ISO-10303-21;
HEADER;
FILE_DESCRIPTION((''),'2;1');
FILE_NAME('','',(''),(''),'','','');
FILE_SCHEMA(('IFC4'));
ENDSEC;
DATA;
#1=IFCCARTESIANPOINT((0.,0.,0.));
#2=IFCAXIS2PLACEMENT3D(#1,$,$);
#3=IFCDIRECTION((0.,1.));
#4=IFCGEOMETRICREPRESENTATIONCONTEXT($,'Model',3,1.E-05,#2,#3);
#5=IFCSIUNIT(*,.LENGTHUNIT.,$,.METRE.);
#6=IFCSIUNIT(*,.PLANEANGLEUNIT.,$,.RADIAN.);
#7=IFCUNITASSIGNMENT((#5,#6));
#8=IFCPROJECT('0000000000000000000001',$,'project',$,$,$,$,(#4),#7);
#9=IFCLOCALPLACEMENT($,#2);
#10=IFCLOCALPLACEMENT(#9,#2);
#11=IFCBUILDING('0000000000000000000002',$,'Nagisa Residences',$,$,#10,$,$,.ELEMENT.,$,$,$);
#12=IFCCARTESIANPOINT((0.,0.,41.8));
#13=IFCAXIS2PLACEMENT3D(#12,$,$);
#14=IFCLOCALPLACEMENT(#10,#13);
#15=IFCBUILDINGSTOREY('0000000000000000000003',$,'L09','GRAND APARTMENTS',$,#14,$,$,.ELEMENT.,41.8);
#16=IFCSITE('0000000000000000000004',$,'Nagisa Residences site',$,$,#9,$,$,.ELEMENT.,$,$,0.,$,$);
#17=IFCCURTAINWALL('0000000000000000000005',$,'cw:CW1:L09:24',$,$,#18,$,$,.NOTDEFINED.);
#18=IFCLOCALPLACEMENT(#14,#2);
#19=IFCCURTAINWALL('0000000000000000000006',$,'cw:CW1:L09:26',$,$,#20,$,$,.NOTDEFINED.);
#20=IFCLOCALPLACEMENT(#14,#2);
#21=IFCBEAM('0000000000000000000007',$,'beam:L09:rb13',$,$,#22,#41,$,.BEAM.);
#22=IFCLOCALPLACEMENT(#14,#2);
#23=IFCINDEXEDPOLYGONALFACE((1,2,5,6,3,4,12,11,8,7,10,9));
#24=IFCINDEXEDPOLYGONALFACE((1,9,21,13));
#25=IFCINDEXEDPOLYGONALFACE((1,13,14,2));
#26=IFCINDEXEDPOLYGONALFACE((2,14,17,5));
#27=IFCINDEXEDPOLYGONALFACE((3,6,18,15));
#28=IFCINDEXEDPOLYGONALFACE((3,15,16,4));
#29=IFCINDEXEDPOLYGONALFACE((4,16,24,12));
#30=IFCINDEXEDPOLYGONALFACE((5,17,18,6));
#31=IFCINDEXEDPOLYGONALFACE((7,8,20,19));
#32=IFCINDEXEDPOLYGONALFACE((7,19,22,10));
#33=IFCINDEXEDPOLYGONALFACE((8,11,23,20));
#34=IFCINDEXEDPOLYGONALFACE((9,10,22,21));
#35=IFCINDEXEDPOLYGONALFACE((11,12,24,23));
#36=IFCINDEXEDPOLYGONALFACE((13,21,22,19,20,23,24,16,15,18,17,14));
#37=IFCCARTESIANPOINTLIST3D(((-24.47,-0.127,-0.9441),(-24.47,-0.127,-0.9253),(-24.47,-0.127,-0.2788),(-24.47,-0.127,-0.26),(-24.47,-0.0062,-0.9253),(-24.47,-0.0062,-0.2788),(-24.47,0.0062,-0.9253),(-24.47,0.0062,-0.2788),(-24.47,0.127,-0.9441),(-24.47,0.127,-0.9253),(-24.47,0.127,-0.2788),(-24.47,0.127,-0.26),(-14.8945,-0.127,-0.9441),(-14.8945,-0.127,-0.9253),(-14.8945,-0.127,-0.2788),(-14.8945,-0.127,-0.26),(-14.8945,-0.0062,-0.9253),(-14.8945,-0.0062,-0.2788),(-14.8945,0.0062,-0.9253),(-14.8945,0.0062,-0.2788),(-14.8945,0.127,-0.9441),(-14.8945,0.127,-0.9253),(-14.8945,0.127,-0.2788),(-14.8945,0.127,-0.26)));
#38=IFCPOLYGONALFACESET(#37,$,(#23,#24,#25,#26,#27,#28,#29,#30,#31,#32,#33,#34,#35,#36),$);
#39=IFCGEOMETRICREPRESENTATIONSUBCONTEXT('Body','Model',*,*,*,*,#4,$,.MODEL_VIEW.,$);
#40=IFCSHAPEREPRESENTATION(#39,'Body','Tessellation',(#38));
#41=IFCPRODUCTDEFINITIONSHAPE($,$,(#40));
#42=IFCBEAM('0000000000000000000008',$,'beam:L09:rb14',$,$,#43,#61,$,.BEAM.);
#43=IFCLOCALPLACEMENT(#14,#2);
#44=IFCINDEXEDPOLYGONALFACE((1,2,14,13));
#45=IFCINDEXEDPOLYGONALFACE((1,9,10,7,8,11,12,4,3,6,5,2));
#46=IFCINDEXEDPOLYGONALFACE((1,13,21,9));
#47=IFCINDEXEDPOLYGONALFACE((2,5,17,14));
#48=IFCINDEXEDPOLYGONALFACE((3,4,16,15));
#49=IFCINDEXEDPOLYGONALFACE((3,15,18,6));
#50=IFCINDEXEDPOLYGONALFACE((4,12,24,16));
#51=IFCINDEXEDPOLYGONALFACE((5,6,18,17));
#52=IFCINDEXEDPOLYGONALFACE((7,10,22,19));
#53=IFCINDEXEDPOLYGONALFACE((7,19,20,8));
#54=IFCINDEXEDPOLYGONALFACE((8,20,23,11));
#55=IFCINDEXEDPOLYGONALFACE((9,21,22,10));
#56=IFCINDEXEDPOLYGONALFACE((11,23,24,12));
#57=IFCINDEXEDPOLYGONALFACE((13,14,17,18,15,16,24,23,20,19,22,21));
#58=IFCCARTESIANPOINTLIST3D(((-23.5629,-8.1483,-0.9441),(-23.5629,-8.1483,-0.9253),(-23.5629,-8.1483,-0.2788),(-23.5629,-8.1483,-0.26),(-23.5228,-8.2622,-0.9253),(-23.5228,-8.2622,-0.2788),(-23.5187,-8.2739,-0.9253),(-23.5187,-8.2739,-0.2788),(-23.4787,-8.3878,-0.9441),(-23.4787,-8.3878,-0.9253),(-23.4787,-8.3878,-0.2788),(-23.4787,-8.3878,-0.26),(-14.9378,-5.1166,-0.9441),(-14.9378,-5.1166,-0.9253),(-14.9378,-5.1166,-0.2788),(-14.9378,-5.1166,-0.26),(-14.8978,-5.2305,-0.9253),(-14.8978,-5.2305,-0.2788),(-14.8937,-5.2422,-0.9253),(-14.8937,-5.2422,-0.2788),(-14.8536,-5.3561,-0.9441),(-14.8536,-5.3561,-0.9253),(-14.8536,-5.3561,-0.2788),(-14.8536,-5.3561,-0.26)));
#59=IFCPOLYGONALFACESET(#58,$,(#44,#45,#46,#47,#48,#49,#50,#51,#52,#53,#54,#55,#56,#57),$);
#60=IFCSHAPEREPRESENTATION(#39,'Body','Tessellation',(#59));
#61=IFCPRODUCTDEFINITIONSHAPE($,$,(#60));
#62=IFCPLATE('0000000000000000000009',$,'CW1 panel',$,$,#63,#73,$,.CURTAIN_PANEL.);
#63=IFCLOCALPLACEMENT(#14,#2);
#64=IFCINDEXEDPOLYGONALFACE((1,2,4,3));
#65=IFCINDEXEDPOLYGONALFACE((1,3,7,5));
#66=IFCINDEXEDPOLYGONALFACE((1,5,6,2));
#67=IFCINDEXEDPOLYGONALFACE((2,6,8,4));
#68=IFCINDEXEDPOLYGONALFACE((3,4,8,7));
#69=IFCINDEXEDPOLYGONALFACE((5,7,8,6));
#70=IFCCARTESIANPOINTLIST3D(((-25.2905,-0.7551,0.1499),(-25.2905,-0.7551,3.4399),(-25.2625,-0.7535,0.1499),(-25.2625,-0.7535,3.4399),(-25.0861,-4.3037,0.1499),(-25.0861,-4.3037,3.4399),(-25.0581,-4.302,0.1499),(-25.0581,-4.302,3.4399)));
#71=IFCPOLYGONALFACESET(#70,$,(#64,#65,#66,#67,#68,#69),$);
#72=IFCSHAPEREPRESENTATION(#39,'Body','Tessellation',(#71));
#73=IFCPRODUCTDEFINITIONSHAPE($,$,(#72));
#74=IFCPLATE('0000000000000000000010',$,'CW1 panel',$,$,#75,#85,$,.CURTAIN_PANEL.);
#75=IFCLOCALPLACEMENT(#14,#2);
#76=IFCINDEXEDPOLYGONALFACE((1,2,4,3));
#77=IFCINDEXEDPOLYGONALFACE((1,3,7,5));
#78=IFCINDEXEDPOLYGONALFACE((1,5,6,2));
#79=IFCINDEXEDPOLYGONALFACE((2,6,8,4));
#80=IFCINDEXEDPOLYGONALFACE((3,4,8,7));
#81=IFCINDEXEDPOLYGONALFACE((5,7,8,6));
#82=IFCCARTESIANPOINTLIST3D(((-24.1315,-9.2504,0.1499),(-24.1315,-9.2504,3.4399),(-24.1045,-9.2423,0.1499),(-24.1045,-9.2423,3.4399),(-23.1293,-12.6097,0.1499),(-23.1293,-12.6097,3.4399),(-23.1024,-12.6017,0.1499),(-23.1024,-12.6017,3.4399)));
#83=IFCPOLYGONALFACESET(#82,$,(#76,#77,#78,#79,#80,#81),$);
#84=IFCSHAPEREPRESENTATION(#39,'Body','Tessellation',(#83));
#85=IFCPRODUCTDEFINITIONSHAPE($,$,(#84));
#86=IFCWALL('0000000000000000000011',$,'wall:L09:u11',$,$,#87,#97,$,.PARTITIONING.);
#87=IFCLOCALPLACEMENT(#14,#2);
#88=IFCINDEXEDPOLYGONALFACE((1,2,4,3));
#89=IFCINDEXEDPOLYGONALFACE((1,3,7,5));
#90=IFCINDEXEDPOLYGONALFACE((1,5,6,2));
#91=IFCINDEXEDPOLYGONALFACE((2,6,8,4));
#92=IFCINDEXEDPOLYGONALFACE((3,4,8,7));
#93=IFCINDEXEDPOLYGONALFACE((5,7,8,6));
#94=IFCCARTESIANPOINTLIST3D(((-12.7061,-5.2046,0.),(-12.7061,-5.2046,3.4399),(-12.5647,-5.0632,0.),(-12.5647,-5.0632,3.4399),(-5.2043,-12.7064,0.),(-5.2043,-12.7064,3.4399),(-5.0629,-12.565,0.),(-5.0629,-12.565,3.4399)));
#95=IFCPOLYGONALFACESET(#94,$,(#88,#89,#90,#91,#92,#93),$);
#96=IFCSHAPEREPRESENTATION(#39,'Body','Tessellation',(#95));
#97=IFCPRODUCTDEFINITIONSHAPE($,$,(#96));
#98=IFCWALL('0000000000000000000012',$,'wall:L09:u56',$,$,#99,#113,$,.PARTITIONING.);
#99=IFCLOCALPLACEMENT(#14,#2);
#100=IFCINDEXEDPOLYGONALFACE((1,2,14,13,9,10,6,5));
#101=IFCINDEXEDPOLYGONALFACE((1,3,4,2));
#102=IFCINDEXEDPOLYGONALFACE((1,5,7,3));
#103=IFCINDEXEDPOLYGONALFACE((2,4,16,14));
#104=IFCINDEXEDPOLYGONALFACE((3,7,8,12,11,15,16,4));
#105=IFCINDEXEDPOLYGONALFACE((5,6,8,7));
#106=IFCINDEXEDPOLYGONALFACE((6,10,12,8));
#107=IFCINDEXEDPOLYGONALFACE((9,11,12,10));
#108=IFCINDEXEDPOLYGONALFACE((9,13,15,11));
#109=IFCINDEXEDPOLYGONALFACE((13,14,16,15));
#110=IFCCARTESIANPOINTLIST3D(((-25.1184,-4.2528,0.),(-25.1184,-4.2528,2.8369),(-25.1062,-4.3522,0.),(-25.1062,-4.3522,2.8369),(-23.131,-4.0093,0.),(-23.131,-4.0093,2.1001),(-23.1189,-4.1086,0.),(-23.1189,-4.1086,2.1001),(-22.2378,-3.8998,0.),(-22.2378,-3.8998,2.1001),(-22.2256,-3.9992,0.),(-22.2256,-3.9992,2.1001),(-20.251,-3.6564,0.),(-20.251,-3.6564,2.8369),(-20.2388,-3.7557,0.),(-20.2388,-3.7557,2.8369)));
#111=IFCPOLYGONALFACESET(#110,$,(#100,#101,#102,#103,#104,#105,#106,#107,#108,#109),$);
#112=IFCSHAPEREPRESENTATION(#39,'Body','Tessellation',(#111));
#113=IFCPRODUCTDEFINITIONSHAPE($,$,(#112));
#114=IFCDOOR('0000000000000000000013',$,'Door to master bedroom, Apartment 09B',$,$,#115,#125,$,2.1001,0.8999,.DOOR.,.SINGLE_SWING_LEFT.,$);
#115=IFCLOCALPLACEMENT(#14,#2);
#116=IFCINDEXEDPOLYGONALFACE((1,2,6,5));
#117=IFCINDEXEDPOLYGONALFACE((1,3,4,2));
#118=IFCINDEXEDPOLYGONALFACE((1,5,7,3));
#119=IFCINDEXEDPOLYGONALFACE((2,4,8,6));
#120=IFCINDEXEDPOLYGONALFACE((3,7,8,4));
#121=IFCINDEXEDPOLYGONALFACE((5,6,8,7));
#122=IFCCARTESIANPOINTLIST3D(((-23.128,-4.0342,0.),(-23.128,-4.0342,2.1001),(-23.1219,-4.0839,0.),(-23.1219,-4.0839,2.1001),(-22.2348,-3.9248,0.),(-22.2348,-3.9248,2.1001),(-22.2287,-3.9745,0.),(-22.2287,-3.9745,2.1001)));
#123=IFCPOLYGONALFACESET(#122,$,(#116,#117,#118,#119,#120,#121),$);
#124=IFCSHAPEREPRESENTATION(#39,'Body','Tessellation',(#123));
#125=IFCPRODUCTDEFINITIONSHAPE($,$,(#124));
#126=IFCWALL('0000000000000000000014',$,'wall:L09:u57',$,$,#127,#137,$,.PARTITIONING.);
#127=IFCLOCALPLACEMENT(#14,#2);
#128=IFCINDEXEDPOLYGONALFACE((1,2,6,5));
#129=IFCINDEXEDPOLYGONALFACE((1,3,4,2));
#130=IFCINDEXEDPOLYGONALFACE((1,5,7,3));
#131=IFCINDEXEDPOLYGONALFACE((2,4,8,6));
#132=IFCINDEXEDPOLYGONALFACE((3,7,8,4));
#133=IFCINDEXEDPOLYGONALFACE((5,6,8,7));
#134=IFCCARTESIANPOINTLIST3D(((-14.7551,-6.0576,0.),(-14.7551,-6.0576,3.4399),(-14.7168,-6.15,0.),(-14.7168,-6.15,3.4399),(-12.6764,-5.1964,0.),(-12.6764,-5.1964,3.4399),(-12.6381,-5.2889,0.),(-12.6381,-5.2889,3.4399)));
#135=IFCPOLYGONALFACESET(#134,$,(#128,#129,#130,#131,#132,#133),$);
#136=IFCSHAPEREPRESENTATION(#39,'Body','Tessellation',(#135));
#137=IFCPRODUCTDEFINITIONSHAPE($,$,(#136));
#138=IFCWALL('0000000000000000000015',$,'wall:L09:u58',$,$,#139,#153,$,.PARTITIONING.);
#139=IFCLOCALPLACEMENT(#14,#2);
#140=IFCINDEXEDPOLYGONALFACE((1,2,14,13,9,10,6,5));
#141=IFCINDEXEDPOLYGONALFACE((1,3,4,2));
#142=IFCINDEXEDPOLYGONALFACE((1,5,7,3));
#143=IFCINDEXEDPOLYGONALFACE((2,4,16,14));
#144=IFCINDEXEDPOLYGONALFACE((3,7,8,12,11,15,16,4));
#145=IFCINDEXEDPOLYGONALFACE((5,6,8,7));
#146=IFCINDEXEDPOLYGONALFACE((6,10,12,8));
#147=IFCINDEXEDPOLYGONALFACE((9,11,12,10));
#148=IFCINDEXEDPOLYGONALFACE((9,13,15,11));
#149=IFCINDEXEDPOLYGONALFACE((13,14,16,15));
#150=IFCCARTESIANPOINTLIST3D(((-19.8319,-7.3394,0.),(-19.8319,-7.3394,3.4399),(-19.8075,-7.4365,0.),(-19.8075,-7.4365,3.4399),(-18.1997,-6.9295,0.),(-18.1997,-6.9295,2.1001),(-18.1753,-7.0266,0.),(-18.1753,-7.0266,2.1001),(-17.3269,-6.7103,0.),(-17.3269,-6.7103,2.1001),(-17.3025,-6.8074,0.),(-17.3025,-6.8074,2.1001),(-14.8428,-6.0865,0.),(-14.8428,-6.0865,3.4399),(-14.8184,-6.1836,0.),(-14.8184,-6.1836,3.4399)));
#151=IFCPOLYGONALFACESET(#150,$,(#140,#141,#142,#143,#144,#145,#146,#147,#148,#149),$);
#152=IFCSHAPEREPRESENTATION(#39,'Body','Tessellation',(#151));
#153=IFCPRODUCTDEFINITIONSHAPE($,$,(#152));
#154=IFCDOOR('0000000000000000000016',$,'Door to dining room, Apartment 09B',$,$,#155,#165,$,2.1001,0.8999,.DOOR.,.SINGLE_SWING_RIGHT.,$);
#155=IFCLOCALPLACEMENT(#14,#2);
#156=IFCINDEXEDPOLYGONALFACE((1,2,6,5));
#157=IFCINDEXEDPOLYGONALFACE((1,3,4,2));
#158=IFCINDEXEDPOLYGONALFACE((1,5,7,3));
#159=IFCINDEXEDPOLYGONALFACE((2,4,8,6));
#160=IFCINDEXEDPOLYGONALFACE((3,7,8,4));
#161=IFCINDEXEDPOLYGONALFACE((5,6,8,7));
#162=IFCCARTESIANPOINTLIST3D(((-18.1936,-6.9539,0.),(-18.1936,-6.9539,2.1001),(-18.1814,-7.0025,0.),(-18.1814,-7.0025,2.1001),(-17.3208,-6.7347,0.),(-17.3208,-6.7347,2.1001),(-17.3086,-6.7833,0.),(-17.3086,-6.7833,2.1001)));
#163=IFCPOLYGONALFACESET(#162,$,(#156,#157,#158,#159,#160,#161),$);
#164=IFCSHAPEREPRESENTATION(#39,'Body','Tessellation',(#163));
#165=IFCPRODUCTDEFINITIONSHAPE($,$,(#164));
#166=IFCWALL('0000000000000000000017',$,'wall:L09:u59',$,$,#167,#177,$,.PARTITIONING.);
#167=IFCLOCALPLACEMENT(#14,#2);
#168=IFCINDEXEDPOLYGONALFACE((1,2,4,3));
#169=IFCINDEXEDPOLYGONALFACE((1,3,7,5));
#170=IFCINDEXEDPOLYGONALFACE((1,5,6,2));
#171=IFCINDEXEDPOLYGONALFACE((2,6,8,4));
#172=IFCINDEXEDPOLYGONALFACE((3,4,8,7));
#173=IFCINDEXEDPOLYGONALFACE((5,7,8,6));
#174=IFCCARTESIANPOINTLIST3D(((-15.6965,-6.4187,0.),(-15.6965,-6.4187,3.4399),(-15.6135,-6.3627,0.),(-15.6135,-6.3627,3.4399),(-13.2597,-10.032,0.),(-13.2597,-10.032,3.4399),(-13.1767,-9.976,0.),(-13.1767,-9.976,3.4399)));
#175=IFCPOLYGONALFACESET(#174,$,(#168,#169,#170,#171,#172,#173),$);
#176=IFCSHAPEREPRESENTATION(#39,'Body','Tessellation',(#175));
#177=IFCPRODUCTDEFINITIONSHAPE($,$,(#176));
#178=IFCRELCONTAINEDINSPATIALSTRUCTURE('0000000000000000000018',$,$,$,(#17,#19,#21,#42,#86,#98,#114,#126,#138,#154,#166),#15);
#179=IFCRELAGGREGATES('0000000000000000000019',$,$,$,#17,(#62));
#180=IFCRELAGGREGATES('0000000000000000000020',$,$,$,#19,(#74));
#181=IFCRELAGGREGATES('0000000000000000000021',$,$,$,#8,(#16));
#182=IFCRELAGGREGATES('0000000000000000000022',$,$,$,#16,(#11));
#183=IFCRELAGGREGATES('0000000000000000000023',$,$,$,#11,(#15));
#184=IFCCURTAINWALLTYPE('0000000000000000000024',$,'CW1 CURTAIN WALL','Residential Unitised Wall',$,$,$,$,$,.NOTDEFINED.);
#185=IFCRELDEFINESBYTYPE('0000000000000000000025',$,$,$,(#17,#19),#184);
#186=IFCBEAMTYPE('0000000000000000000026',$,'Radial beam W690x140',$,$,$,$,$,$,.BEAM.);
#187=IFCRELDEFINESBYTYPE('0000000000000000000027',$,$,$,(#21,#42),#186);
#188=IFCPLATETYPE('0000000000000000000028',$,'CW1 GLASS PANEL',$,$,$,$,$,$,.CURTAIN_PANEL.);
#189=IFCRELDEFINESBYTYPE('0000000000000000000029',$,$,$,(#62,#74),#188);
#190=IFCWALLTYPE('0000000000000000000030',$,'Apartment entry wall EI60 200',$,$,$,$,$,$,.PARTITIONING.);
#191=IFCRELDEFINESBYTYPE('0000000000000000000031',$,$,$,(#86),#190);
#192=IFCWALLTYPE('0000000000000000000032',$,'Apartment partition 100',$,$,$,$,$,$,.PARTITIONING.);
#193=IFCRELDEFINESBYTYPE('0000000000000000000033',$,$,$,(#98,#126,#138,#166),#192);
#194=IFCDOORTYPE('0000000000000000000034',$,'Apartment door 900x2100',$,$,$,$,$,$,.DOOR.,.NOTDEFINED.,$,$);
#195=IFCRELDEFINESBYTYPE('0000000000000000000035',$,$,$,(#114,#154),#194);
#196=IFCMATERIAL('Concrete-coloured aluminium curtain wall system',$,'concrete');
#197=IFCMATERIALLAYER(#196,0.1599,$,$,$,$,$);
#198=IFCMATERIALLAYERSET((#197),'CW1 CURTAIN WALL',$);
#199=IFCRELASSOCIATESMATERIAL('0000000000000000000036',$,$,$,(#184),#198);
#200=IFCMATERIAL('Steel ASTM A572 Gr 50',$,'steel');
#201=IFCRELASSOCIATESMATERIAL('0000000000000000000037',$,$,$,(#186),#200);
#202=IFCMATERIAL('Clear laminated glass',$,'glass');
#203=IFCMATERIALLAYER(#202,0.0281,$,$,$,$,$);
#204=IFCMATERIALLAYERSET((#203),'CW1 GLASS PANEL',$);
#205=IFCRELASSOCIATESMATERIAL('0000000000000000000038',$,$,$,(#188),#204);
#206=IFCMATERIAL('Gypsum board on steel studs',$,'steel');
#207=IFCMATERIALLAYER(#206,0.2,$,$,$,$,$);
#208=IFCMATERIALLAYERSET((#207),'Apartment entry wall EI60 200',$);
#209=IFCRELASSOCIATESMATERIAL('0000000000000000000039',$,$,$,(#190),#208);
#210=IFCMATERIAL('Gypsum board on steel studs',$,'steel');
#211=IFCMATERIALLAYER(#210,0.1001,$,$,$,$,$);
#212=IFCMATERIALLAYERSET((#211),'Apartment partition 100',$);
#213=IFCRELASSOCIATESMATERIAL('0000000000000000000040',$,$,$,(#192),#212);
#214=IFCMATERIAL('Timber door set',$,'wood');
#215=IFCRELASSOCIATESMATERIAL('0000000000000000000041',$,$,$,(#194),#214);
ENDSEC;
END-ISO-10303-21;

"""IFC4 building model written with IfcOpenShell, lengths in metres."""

from ifc_helpers import new_model, si_unit, direction, frame, frame_2d, origin, origin_2d, place, context, subcontext, project, spatial, rectangle, i_section, extrude, material, layer, layer_set, material_profile, profile_set, type_object, element, fill, aggregate, save


model = new_model("IFC4")

# Units and contexts
model_context = context("Model", 3, precision=1e-05, world=origin(), true_north=direction((0.0, 1.0)))
body_context = subcontext(model_context, "Body", "Model", "MODEL_VIEW")
ifc_project = project(units=[si_unit("LENGTHUNIT", "METRE"), si_unit("PLANEANGLEUNIT", "RADIAN")], contexts=[model_context])

# Site, building, storey
site_placement = place(None, origin())
site = spatial("IfcSite", under=ifc_project, at=site_placement, Name="Nagisa Residences site", CompositionType="ELEMENT", RefElevation=0.0)
building_placement = place(site_placement, origin())
building = spatial("IfcBuilding", under=site, at=building_placement, Name="Nagisa Residences", CompositionType="ELEMENT")
storey_placement = place(building_placement, frame((0.0, 0.0, 41.8)))
storey = spatial("IfcBuildingStorey", under=building, at=storey_placement, Name="L09", Description="GRAND APARTMENTS", CompositionType="ELEMENT", Elevation=41.8)

# Curtain walls
ifc_material_1 = material(Name="Concrete-coloured aluminium curtain wall system", Category="concrete")
ifc_layer_1 = layer(ifc_material_1, 0.1599)
ifc_layer_set_1 = layer_set([ifc_layer_1], Name="CW1 CURTAIN WALL")
curtain_wall_type = type_object("IfcCurtainWallType", Name="CW1 CURTAIN WALL", Description="Residential Unitised Wall", PredefinedType="NOTDEFINED", material=ifc_layer_set_1)
curtain_wall_1_placement = place(storey_placement, origin())
curtain_wall_1 = element("IfcCurtainWall", 1, at=curtain_wall_1_placement, inside=storey, type_object=curtain_wall_type, Name="cw:CW1:L09:24", PredefinedType="NOTDEFINED")
curtain_wall_2_placement = place(storey_placement, origin())
curtain_wall_2 = element("IfcCurtainWall", 2, at=curtain_wall_2_placement, inside=storey, type_object=curtain_wall_type, Name="cw:CW1:L09:26", PredefinedType="NOTDEFINED")

# Beams
ifc_material_2 = material(Name="Steel ASTM A572 Gr 50", Category="steel")
ifc_material_profile_1 = material_profile(ifc_material_2, i_section(OverallWidth=0.2539, OverallDepth=0.6841, WebThickness=0.0125, FlangeThickness=0.0188, at=origin_2d()), Name="W690x140")
ifc_profile_set_1 = profile_set([ifc_material_profile_1], Name="Steel ASTM A572 Gr 50")
beam_type_1 = type_object("IfcBeamType", Name="Radial beam W690x140", PredefinedType="BEAM", material=ifc_profile_set_1)
beam_1_placement = place(storey_placement, frame((-24.47, 0.0, -0.6021), z_axis=(1.0, 0.0, 0.0), x_axis=(0.0, 1.0, 0.0)))
element("IfcBeam", 3, at=beam_1_placement, inside=storey, type_object=beam_type_1, Name="beam:L09:rb13", PredefinedType="BEAM", context=body_context, shape_type="SweptSolid", body=[
    extrude(i_section(OverallWidth=0.2539, OverallDepth=0.6841, WebThickness=0.0125, FlangeThickness=0.0188, at=origin_2d()), origin(), (0.0, 0.0, 1.0), 9.5754),
])
beam_2_placement = place(storey_placement, frame((-23.5208, -8.2681, -0.6021), z_axis=(0.943415, 0.331616, 0.0), x_axis=(-0.331616, 0.943415, 0.0)))
element("IfcBeam", 4, at=beam_2_placement, inside=storey, type_object=beam_type_1, Name="beam:L09:rb14", PredefinedType="BEAM", context=body_context, shape_type="SweptSolid", body=[
    extrude(i_section(OverallWidth=0.2539, OverallDepth=0.6841, WebThickness=0.0125, FlangeThickness=0.0188, at=origin_2d()), origin(), (0.0, 0.0, 1.0), 9.1423),
])

# Plates
ifc_material_3 = material(Name="Clear laminated glass", Category="glass")
ifc_layer_2 = layer(ifc_material_3, 0.0281)
ifc_layer_set_2 = layer_set([ifc_layer_2], Name="CW1 GLASS PANEL")
plate_type = type_object("IfcPlateType", Name="CW1 GLASS PANEL", PredefinedType="CURTAIN_PANEL", material=ifc_layer_set_2)
plate_1_placement = place(storey_placement, frame((-25.1743, -2.5286, 0.1499), z_axis=(0.0, 0.0, 1.0), x_axis=(0.057503, -0.998345, 0.0)))
plate_1 = element("IfcPlate", 5, at=plate_1_placement, type_object=plate_type, Name="CW1 panel", PredefinedType="CURTAIN_PANEL", context=body_context, shape_type="SweptSolid", body=[
    extrude(rectangle(XDim=3.5544, YDim=0.0281, at=origin_2d()), origin(), (0.0, 0.0, 1.0), 3.29),
])
aggregate(curtain_wall_1, [plate_1])
plate_2_placement = place(storey_placement, frame((-23.6169, -10.926, 0.1499), z_axis=(0.0, 0.0, 1.0), x_axis=(0.28586, -0.958271, 0.0)))
plate_2 = element("IfcPlate", 6, at=plate_2_placement, type_object=plate_type, Name="CW1 panel", PredefinedType="CURTAIN_PANEL", context=body_context, shape_type="SweptSolid", body=[
    extrude(rectangle(XDim=3.5056, YDim=0.0281, at=origin_2d()), origin(), (0.0, 0.0, 1.0), 3.29),
])
aggregate(curtain_wall_2, [plate_2])

# Wall
ifc_material_4 = material(Name="Gypsum board on steel studs", Category="steel")
ifc_layer_3 = layer(ifc_material_4, 0.2)
ifc_layer_set_3 = layer_set([ifc_layer_3], Name="Apartment entry wall EI60 200")
wall_type_1 = type_object("IfcWallType", Name="Apartment entry wall EI60 200", PredefinedType="PARTITIONING", material=ifc_layer_set_3)
wall_1_placement = place(storey_placement, frame((-12.6355, -5.1338, 0.0), z_axis=(0.0, 0.0, 1.0), x_axis=(0.707107, -0.707107, 0.0)))
element("IfcWall", 7, at=wall_1_placement, inside=storey, type_object=wall_type_1, Name="wall:L09:u11", PredefinedType="PARTITIONING", context=body_context, shape_type="SweptSolid", body=[
    extrude(rectangle(XDim=10.6091, YDim=0.2, at=frame_2d((5.3047, 0.0))), origin(), (0.0, 0.0, 1.0), 3.4399),
])

# Wall, opening, door
ifc_material_5 = material(Name="Gypsum board on steel studs", Category="steel")
ifc_layer_4 = layer(ifc_material_5, 0.1001)
ifc_layer_set_4 = layer_set([ifc_layer_4], Name="Apartment partition 100")
wall_type_2 = type_object("IfcWallType", Name="Apartment partition 100", PredefinedType="PARTITIONING", material=ifc_layer_set_4)
wall_2_placement = place(storey_placement, frame((-20.2449, -3.7061, 0.0), z_axis=(0.0, 0.0, 1.0), x_axis=(-0.992576, -0.121626, 0.0)))
wall_2 = element("IfcWall", 8, at=wall_2_placement, inside=storey, type_object=wall_type_2, Name="wall:L09:u56", PredefinedType="PARTITIONING", context=body_context, shape_type="SweptSolid", body=[
    extrude(rectangle(XDim=4.9038, YDim=0.1001, at=frame_2d((2.4519, 0.0))), origin(), (0.0, 0.0, 1.0), 2.8369),
])
opening_1_placement = place(wall_2_placement, frame((2.0017, 0.0, 0.0)))
opening_1 = element("IfcOpeningElement", 9, at=opening_1_placement, cuts=wall_2, PredefinedType="OPENING", context=body_context, shape_type="SweptSolid", body=[
    extrude(rectangle(XDim=0.8999, YDim=2.1001, at=frame_2d((0.45, 1.05))), frame((0.0, 0.0601, 0.0), z_axis=(0.0, -1.0, 0.0), x_axis=(1.0, 0.0, 0.0)), (0.0, 0.0, 1.0), 0.1201),
])
ifc_material_6 = material(Name="Timber door set", Category="wood")
door_type_1 = type_object("IfcDoorType", Name="Apartment door 900x2100", OperationType="NOTDEFINED", PredefinedType="DOOR", material=ifc_material_6)
door_1_placement = place(opening_1_placement, frame((0.8999, 0.0, 0.0), x_axis=(-1.0, 0.0, 0.0)))
door_1 = element("IfcDoor", 10, at=door_1_placement, inside=storey, type_object=door_type_1, Name="Door to master bedroom, Apartment 09B", OperationType="SINGLE_SWING_LEFT", OverallHeight=2.1001, OverallWidth=0.8999, PredefinedType="DOOR", context=body_context, shape_type="SweptSolid", body=[
    extrude(rectangle(XDim=0.8999, YDim=2.1001, at=frame_2d((0.45, 1.05))), frame((0.0, 0.0249, 0.0), z_axis=(0.0, -1.0, 0.0), x_axis=(1.0, 0.0, 0.0)), (0.0, 0.0, 1.0), 0.05),
])
fill(opening_1, door_1)

# Wall
wall_3_placement = place(storey_placement, frame((-12.6572, -5.2427, 0.0), z_axis=(0.0, 0.0, 1.0), x_axis=(-0.923865, -0.382719, 0.0)))
element("IfcWall", 11, at=wall_3_placement, inside=storey, type_object=wall_type_2, Name="wall:L09:u57", PredefinedType="PARTITIONING", context=body_context, shape_type="SweptSolid", body=[
    extrude(rectangle(XDim=2.25, YDim=0.1001, at=frame_2d((1.125, 0.0))), origin(), (0.0, 0.0, 1.0), 3.4399),
])

# Wall, opening, door
wall_4_placement = place(storey_placement, frame((-14.8306, -6.135, 0.0), z_axis=(0.0, 0.0, 1.0), x_axis=(-0.969882, -0.243574, 0.0)))
wall_4 = element("IfcWall", 12, at=wall_4_placement, inside=storey, type_object=wall_type_2, Name="wall:L09:u58", PredefinedType="PARTITIONING", context=body_context, shape_type="SweptSolid", body=[
    extrude(rectangle(XDim=5.144, YDim=0.1001, at=frame_2d((2.572, 0.0))), origin(), (0.0, 0.0, 1.0), 3.4399),
])
opening_2_placement = place(wall_4_placement, frame((2.5613, 0.0, 0.0)))
opening_2 = element("IfcOpeningElement", 13, at=opening_2_placement, cuts=wall_4, PredefinedType="OPENING", context=body_context, shape_type="SweptSolid", body=[
    extrude(rectangle(XDim=0.8999, YDim=2.1001, at=frame_2d((0.45, 1.05))), frame((0.0, 0.0601, 0.0), z_axis=(0.0, -1.0, 0.0), x_axis=(1.0, 0.0, 0.0)), (0.0, 0.0, 1.0), 0.1201),
])
door_2_placement = place(opening_2_placement, frame((0.8999, 0.0, 0.0), x_axis=(-1.0, 0.0, 0.0)))
door_2 = element("IfcDoor", 14, at=door_2_placement, inside=storey, type_object=door_type_1, Name="Door to dining room, Apartment 09B", OperationType="SINGLE_SWING_RIGHT", OverallHeight=2.1001, OverallWidth=0.8999, PredefinedType="DOOR", context=body_context, shape_type="SweptSolid", body=[
    extrude(rectangle(XDim=0.8999, YDim=2.1001, at=frame_2d((0.45, 1.05))), frame((0.0, 0.0249, 0.0), z_axis=(0.0, -1.0, 0.0), x_axis=(1.0, 0.0, 0.0)), (0.0, 0.0, 1.0), 0.05),
])
fill(opening_2, door_2)

# Wall
wall_5_placement = place(storey_placement, frame((-15.655, -6.3906, 0.0), z_axis=(0.0, 0.0, 1.0), x_axis=(0.559126, -0.829082, 0.0)))
element("IfcWall", 15, at=wall_5_placement, inside=storey, type_object=wall_type_2, Name="wall:L09:u59", PredefinedType="PARTITIONING", context=body_context, shape_type="SweptSolid", body=[
    extrude(rectangle(XDim=4.3582, YDim=0.1001, at=frame_2d((2.1792, 0.0))), origin(), (0.0, 0.0, 1.0), 3.4399),
])

save(model, "model.ifc")
